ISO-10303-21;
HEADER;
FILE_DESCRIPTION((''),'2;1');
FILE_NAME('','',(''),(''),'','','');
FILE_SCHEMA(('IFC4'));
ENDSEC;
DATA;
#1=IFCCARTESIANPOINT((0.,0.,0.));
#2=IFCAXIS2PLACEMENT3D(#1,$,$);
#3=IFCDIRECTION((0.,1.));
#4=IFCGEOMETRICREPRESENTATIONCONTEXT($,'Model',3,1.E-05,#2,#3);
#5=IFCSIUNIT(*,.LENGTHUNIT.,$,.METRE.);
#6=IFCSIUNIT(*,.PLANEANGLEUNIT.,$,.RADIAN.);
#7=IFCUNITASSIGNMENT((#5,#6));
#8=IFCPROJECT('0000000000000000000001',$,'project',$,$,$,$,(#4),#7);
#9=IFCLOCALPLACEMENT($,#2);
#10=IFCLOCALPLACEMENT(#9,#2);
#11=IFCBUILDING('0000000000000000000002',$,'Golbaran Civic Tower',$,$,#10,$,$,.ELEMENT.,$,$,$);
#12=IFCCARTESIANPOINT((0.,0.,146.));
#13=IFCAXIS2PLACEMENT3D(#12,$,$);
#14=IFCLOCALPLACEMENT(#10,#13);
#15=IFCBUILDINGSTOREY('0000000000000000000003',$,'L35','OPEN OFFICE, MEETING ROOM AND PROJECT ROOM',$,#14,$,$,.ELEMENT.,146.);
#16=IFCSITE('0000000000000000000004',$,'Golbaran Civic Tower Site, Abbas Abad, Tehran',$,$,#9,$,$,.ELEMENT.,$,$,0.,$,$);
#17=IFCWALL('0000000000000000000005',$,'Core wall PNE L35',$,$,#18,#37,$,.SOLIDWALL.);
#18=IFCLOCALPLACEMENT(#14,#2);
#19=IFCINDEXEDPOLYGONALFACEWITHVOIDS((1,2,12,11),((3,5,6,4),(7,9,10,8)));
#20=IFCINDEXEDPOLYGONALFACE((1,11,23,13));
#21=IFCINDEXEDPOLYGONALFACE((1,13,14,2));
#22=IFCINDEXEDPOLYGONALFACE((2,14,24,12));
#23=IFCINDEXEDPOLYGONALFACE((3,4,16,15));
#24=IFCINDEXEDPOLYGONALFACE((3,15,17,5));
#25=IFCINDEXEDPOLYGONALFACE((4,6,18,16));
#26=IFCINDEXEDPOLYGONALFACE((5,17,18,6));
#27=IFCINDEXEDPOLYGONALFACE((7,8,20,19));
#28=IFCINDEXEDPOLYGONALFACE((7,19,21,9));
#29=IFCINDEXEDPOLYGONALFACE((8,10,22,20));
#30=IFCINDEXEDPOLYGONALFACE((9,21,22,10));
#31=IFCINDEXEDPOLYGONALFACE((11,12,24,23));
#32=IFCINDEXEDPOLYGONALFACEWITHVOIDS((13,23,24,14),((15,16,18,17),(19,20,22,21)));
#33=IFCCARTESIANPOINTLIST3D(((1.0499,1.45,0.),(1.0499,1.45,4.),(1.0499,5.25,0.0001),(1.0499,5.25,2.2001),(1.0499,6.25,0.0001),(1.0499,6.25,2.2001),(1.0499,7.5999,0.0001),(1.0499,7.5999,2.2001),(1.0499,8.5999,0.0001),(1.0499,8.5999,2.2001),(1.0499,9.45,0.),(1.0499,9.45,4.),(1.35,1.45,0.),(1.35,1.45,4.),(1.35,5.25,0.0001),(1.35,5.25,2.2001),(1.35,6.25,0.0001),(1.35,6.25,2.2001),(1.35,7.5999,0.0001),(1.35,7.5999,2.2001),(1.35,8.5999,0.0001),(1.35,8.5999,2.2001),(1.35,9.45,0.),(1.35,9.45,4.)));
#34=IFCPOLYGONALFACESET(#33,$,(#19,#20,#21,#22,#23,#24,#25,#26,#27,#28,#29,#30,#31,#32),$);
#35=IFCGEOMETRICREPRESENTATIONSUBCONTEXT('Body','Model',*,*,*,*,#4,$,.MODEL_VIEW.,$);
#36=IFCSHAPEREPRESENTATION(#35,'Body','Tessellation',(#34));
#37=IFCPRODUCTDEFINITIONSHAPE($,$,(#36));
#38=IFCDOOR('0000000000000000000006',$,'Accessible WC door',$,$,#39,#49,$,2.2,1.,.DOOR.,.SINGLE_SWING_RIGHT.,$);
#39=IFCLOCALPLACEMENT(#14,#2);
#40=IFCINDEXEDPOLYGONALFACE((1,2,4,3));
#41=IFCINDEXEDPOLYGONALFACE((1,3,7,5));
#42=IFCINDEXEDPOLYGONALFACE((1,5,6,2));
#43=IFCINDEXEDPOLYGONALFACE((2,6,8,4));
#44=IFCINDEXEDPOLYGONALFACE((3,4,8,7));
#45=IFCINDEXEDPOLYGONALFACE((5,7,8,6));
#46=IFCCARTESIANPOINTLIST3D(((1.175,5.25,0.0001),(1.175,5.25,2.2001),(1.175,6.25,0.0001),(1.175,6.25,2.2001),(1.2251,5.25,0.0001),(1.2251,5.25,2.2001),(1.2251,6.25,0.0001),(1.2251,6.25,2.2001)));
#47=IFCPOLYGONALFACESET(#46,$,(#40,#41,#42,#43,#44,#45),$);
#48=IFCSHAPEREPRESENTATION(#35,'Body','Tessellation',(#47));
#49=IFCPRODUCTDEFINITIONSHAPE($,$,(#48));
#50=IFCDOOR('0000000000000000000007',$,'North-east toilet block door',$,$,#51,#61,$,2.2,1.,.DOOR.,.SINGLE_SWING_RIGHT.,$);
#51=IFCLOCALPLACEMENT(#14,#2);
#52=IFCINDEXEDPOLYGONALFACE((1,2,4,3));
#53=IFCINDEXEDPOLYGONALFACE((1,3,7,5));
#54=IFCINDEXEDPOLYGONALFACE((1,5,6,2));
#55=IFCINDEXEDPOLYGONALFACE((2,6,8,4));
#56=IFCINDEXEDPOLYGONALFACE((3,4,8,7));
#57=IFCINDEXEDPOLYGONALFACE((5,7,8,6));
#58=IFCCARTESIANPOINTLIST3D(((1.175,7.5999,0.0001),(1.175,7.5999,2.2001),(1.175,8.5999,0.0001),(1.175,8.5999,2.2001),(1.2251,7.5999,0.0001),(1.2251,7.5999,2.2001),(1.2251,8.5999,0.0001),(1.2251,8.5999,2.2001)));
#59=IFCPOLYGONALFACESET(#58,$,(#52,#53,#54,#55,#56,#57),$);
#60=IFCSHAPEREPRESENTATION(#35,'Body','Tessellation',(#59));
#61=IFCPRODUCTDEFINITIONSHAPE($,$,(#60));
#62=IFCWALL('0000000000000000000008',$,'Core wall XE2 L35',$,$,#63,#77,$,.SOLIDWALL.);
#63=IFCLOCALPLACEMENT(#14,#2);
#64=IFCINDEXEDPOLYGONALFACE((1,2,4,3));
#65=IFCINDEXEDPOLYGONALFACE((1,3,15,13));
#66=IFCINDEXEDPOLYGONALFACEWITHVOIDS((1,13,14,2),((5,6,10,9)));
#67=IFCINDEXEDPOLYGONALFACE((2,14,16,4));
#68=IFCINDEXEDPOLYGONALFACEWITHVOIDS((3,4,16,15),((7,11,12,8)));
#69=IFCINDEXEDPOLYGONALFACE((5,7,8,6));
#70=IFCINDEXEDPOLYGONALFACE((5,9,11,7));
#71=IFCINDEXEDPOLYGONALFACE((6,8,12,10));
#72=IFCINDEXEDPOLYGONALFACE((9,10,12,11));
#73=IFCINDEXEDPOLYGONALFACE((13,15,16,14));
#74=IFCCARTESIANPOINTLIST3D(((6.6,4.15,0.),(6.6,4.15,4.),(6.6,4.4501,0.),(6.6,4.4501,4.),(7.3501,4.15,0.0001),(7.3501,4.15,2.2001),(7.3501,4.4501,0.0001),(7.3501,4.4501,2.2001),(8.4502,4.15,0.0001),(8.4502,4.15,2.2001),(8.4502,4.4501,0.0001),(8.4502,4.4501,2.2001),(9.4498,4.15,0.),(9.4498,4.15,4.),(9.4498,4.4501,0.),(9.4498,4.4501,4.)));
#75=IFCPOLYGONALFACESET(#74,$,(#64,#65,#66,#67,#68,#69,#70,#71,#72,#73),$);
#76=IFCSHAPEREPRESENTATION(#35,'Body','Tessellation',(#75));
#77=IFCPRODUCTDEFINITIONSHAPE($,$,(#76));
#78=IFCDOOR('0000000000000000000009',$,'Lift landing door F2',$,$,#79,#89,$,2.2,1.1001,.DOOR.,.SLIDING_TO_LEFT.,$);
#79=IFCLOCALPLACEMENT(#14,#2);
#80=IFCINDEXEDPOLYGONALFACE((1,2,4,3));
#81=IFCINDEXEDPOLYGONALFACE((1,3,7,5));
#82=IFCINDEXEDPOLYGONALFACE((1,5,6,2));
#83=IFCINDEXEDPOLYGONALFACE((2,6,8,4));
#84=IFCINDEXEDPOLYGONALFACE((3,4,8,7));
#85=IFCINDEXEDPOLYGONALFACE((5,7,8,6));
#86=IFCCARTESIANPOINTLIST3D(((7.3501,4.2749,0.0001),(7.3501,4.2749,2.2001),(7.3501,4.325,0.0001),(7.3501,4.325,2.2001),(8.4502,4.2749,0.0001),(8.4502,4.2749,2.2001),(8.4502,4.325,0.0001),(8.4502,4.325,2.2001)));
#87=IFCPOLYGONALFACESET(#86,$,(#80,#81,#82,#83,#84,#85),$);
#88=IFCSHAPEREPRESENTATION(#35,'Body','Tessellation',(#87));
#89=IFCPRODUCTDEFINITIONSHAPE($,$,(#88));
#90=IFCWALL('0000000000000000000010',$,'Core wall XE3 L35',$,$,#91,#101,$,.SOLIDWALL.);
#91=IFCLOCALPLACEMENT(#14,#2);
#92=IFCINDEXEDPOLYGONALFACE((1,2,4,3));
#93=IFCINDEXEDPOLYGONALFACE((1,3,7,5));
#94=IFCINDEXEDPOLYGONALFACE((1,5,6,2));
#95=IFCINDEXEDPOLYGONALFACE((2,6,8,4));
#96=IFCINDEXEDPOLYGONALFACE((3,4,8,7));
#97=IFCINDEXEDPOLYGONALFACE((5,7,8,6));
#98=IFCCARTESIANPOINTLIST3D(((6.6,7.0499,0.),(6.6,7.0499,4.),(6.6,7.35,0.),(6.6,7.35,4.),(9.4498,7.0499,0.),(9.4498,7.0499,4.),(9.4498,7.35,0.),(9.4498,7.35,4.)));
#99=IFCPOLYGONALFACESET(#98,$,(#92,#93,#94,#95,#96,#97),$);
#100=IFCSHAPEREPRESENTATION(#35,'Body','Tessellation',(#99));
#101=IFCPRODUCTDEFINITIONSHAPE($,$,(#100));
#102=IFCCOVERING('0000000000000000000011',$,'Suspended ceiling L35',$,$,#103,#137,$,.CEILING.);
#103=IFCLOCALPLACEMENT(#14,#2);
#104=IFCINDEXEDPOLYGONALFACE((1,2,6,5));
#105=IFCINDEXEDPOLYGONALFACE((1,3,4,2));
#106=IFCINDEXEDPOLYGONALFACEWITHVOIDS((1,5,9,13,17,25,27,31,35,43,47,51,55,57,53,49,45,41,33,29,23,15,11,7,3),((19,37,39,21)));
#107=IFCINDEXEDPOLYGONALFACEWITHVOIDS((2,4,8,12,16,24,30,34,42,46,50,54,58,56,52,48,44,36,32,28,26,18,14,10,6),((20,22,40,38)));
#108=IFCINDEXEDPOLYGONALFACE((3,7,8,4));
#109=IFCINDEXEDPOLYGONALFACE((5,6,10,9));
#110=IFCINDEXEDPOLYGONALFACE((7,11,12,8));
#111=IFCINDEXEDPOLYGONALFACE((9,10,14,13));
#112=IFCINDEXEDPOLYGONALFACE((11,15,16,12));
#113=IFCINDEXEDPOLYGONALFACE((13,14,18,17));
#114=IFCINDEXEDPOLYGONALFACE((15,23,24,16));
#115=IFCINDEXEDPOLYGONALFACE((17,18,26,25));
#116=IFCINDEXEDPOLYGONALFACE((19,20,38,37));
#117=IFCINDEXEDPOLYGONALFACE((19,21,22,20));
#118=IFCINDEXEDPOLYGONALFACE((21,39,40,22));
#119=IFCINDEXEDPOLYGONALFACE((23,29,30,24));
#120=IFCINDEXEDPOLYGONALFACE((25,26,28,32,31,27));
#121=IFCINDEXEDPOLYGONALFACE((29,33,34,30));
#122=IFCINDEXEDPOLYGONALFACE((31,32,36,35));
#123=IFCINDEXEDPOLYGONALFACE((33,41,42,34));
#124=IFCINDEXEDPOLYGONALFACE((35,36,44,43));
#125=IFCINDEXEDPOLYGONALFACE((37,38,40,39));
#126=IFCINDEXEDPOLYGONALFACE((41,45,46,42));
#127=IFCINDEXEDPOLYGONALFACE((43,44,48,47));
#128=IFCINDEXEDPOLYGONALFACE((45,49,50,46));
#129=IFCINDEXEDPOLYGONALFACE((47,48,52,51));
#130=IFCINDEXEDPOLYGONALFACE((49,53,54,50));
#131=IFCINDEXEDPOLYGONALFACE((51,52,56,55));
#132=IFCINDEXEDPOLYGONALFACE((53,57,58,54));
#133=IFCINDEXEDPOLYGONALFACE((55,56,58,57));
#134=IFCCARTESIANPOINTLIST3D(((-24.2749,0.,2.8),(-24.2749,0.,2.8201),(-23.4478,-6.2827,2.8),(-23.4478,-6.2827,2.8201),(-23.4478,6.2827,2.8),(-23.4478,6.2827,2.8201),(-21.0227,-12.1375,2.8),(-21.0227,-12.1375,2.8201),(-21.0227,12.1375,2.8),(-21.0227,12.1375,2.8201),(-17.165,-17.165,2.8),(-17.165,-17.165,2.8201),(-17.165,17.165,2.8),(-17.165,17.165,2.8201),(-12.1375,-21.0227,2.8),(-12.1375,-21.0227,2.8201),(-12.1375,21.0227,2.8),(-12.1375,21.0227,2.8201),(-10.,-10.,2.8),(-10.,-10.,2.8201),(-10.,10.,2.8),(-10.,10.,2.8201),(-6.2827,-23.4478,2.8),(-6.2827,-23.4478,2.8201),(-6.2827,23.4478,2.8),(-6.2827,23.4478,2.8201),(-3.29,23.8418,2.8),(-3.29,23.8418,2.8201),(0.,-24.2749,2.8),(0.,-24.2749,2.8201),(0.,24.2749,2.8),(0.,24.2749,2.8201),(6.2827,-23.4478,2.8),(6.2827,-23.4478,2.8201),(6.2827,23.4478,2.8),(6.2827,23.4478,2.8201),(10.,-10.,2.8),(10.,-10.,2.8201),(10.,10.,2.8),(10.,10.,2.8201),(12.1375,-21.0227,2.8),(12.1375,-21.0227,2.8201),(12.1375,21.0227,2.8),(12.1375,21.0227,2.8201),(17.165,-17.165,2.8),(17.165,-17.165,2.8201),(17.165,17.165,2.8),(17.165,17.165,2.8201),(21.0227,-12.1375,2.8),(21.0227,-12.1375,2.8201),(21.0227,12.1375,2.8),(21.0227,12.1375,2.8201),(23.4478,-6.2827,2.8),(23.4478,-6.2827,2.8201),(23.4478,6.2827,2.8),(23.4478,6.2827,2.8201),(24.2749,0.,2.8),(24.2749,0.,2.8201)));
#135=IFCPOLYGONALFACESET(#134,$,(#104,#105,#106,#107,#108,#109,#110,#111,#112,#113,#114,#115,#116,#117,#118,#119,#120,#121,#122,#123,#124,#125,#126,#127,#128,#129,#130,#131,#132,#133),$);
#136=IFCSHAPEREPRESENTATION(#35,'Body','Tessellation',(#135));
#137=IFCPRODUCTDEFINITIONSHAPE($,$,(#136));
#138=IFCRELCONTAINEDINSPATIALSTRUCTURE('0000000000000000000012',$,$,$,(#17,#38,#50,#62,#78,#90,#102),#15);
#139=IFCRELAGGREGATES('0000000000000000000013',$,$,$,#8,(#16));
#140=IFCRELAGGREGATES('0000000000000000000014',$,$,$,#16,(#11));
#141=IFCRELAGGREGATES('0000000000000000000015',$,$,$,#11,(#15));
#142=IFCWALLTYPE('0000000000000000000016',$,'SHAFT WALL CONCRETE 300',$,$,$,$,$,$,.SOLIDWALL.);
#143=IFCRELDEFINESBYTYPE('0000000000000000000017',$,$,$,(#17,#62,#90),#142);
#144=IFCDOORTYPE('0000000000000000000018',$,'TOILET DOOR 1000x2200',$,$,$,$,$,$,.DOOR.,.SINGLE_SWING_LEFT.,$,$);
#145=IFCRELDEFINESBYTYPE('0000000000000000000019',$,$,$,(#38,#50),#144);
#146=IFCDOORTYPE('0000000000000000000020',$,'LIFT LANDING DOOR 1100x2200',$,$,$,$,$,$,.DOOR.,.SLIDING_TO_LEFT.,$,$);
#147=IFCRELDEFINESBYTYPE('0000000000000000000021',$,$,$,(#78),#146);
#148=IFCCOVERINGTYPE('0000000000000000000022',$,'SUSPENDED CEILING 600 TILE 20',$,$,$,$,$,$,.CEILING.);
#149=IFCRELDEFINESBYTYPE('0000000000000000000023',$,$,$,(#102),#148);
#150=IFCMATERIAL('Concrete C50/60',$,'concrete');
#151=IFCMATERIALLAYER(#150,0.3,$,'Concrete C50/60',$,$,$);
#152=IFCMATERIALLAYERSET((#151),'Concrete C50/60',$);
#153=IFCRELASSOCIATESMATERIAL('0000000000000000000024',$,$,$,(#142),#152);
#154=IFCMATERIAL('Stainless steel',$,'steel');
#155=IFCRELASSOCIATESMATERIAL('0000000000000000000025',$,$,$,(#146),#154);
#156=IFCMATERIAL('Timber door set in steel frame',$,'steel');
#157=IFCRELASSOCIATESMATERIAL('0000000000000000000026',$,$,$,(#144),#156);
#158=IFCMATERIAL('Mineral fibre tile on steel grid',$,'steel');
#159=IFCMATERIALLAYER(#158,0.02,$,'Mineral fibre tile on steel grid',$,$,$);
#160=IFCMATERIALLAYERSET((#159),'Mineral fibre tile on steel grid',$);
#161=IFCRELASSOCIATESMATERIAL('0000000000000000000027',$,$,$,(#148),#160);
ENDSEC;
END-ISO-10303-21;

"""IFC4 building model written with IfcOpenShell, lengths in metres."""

from ifc_helpers import new_model, si_unit, direction, frame, frame_2d, origin, place, context, subcontext, project, spatial, polyline, rectangle, outline, extrude, material, layer, layer_set, type_object, element, fill, save


model = new_model("IFC4")

# Units and contexts
model_context = context("Model", 3, precision=1e-05, world=origin(), true_north=direction((0.0, 1.0)))
body_context = subcontext(model_context, "Body", "Model", "MODEL_VIEW")
ifc_project = project(units=[si_unit("LENGTHUNIT", "METRE"), si_unit("PLANEANGLEUNIT", "RADIAN")], contexts=[model_context])

# Site, building, storey
site_placement = place(None, origin())
site = spatial("IfcSite", under=ifc_project, at=site_placement, Name="Golbaran Civic Tower Site, Abbas Abad, Tehran", CompositionType="ELEMENT", RefElevation=0.0)
building_placement = place(site_placement, origin())
building = spatial("IfcBuilding", under=site, at=building_placement, Name="Golbaran Civic Tower", CompositionType="ELEMENT")
storey_placement = place(building_placement, frame((0.0, 0.0, 146.0)))
storey = spatial("IfcBuildingStorey", under=building, at=storey_placement, Name="L35", Description="OPEN OFFICE, MEETING ROOM AND PROJECT ROOM", CompositionType="ELEMENT", Elevation=146.0)

# Shared definitions
ifc_material_1 = material(Name="Timber door set in steel frame", Category="steel")

# Shared definitions
ifc_material_2 = material(Name="Concrete C50/60", Category="concrete")
ifc_layer_1 = layer(ifc_material_2, 0.3, Name="Concrete C50/60")
ifc_layer_set_1 = layer_set([ifc_layer_1], Name="Concrete C50/60")
wall_type_1 = type_object("IfcWallType", Name="SHAFT WALL CONCRETE 300", PredefinedType="SOLIDWALL", material=ifc_layer_set_1)
ifc_material_3 = material(Name="Stainless steel", Category="steel")
door_type_1 = type_object("IfcDoorType", Name="LIFT LANDING DOOR 1100x2200", OperationType="SLIDING_TO_LEFT", PredefinedType="DOOR", material=ifc_material_3)

# Wall, openings, doors
wall_1_placement = place(storey_placement, frame((1.2, 1.45, 0.0), z_axis=(0.0, 0.0, 1.0), x_axis=(0.0, 1.0, 0.0)))
wall_1 = element("IfcWall", 1, at=wall_1_placement, inside=storey, type_object=wall_type_1, Name="Core wall PNE L35", PredefinedType="SOLIDWALL", context=body_context, shape_type="SweptSolid", body=[
    extrude(rectangle(XDim=8.0, YDim=0.3, at=frame_2d((4.0, 0.0))), origin(), (0.0, 0.0, 1.0), 4.0),
])
opening_1_placement = place(wall_1_placement, frame((3.8, 0.0, 0.0)))
opening_1 = element("IfcOpeningElement", 2, at=opening_1_placement, cuts=wall_1, PredefinedType="OPENING", context=body_context, shape_type="SweptSolid", body=[
    extrude(rectangle(XDim=1.0, YDim=2.2, at=frame_2d((0.5, 1.1001))), frame((0.0, 0.1599, 0.0), z_axis=(0.0, -1.0, 0.0), x_axis=(1.0, 0.0, 0.0)), (0.0, 0.0, 1.0), 0.3201),
])
opening_2_placement = place(wall_1_placement, frame((6.1499, 0.0, 0.0)))
opening_2 = element("IfcOpeningElement", 3, at=opening_2_placement, cuts=wall_1, PredefinedType="OPENING", context=body_context, shape_type="SweptSolid", body=[
    extrude(rectangle(XDim=1.0, YDim=2.2, at=frame_2d((0.5, 1.1001))), frame((0.0, 0.1599, 0.0), z_axis=(0.0, -1.0, 0.0), x_axis=(1.0, 0.0, 0.0)), (0.0, 0.0, 1.0), 0.3201),
])
door_type_2 = type_object("IfcDoorType", Name="TOILET DOOR 1000x2200", OperationType="SINGLE_SWING_LEFT", PredefinedType="DOOR", material=ifc_material_1)
door_1_placement = place(opening_1_placement, origin())
door_1 = element("IfcDoor", 4, at=door_1_placement, inside=storey, type_object=door_type_2, Name="Accessible WC door", OperationType="SINGLE_SWING_RIGHT", OverallHeight=2.2, OverallWidth=1.0, PredefinedType="DOOR", context=body_context, shape_type="SweptSolid", body=[
    extrude(rectangle(XDim=1.0, YDim=2.2, at=frame_2d((0.5, 1.1001))), frame((0.0, 0.0249, 0.0), z_axis=(0.0, -1.0, 0.0), x_axis=(1.0, 0.0, 0.0)), (0.0, 0.0, 1.0), 0.05),
])
fill(opening_1, door_1)
door_2_placement = place(opening_2_placement, origin())
door_2 = element("IfcDoor", 5, at=door_2_placement, inside=storey, type_object=door_type_2, Name="North-east toilet block door", OperationType="SINGLE_SWING_RIGHT", OverallHeight=2.2, OverallWidth=1.0, PredefinedType="DOOR", context=body_context, shape_type="SweptSolid", body=[
    extrude(rectangle(XDim=1.0, YDim=2.2, at=frame_2d((0.5, 1.1001))), frame((0.0, 0.0249, 0.0), z_axis=(0.0, -1.0, 0.0), x_axis=(1.0, 0.0, 0.0)), (0.0, 0.0, 1.0), 0.05),
])
fill(opening_2, door_2)

# Wall, opening, door
wall_2_placement = place(storey_placement, frame((6.6001, 4.3, 0.0), z_axis=(0.0, 0.0, 1.0), x_axis=(1.0, 0.0, 0.0)))
wall_2 = element("IfcWall", 6, at=wall_2_placement, inside=storey, type_object=wall_type_1, Name="Core wall XE2 L35", PredefinedType="SOLIDWALL", context=body_context, shape_type="SweptSolid", body=[
    extrude(rectangle(XDim=2.8499, YDim=0.3, at=frame_2d((1.4248, 0.0))), origin(), (0.0, 0.0, 1.0), 4.0),
])
opening_3_placement = place(wall_2_placement, frame((0.75, 0.0, 0.0)))
opening_3 = element("IfcOpeningElement", 7, at=opening_3_placement, cuts=wall_2, PredefinedType="OPENING", context=body_context, shape_type="SweptSolid", body=[
    extrude(rectangle(XDim=1.1001, YDim=2.2, at=frame_2d((0.55, 1.1001))), frame((0.0, 0.1599, 0.0), z_axis=(0.0, -1.0, 0.0), x_axis=(1.0, 0.0, 0.0)), (0.0, 0.0, 1.0), 0.3201),
])
door_3_placement = place(opening_3_placement, origin())
door_3 = element("IfcDoor", 8, at=door_3_placement, inside=storey, type_object=door_type_1, Name="Lift landing door F2", OperationType="SLIDING_TO_LEFT", OverallHeight=2.2, OverallWidth=1.1001, PredefinedType="DOOR", context=body_context, shape_type="SweptSolid", body=[
    extrude(rectangle(XDim=1.1001, YDim=2.2, at=frame_2d((0.55, 1.1001))), frame((0.0, 0.0249, 0.0), z_axis=(0.0, -1.0, 0.0), x_axis=(1.0, 0.0, 0.0)), (0.0, 0.0, 1.0), 0.05),
])
fill(opening_3, door_3)

# Wall
wall_3_placement = place(storey_placement, frame((6.6001, 7.2, 0.0), z_axis=(0.0, 0.0, 1.0), x_axis=(1.0, 0.0, 0.0)))
element("IfcWall", 9, at=wall_3_placement, inside=storey, type_object=wall_type_1, Name="Core wall XE3 L35", PredefinedType="SOLIDWALL", context=body_context, shape_type="SweptSolid", body=[
    extrude(rectangle(XDim=2.8499, YDim=0.3, at=frame_2d((1.4248, 0.0))), origin(), (0.0, 0.0, 1.0), 4.0),
])

# Covering
ifc_material_4 = material(Name="Mineral fibre tile on steel grid", Category="steel")
ifc_layer_2 = layer(ifc_material_4, 0.02, Name="Mineral fibre tile on steel grid")
ifc_layer_set_2 = layer_set([ifc_layer_2], Name="Mineral fibre tile on steel grid")
covering_type = type_object("IfcCoveringType", Name="SUSPENDED CEILING 600 TILE 20", PredefinedType="CEILING", material=ifc_layer_set_2)
covering_placement = place(storey_placement, frame((0.0, 0.0, 2.8)))
element("IfcCovering", 10, at=covering_placement, inside=storey, type_object=covering_type, Name="Suspended ceiling L35", PredefinedType="CEILING", context=body_context, shape_type="SweptSolid", body=[
    extrude(outline(polyline([(-23.4478, 6.2827), (-21.0227, 12.1375), (-17.165, 17.165), (-12.1375, 21.0227), (-6.2827, 23.4478), (-3.29, 23.8418), (0.0, 24.2749), (6.2827, 23.4478), (12.1375, 21.0227), (17.165, 17.165), (21.0227, 12.1375), (23.4478, 6.2827), (24.2749, 0.0), (23.4478, -6.2827), (21.0227, -12.1375), (17.165, -17.165), (12.1375, -21.0227), (6.2827, -23.4478), (0.0, -24.2749), (-6.2827, -23.4478), (-12.1375, -21.0227), (-17.165, -17.165), (-21.0227, -12.1375), (-23.4478, -6.2827), (-24.2749, 0.0), (-23.4478, 6.2827)]), holes=[polyline([(10.0, 10.0), (-10.0, 10.0), (-10.0, -10.0), (10.0, -10.0), (10.0, 10.0)])]), origin(), (0.0, 0.0, 1.0), 0.02),
])

save(model, "model.ifc")
